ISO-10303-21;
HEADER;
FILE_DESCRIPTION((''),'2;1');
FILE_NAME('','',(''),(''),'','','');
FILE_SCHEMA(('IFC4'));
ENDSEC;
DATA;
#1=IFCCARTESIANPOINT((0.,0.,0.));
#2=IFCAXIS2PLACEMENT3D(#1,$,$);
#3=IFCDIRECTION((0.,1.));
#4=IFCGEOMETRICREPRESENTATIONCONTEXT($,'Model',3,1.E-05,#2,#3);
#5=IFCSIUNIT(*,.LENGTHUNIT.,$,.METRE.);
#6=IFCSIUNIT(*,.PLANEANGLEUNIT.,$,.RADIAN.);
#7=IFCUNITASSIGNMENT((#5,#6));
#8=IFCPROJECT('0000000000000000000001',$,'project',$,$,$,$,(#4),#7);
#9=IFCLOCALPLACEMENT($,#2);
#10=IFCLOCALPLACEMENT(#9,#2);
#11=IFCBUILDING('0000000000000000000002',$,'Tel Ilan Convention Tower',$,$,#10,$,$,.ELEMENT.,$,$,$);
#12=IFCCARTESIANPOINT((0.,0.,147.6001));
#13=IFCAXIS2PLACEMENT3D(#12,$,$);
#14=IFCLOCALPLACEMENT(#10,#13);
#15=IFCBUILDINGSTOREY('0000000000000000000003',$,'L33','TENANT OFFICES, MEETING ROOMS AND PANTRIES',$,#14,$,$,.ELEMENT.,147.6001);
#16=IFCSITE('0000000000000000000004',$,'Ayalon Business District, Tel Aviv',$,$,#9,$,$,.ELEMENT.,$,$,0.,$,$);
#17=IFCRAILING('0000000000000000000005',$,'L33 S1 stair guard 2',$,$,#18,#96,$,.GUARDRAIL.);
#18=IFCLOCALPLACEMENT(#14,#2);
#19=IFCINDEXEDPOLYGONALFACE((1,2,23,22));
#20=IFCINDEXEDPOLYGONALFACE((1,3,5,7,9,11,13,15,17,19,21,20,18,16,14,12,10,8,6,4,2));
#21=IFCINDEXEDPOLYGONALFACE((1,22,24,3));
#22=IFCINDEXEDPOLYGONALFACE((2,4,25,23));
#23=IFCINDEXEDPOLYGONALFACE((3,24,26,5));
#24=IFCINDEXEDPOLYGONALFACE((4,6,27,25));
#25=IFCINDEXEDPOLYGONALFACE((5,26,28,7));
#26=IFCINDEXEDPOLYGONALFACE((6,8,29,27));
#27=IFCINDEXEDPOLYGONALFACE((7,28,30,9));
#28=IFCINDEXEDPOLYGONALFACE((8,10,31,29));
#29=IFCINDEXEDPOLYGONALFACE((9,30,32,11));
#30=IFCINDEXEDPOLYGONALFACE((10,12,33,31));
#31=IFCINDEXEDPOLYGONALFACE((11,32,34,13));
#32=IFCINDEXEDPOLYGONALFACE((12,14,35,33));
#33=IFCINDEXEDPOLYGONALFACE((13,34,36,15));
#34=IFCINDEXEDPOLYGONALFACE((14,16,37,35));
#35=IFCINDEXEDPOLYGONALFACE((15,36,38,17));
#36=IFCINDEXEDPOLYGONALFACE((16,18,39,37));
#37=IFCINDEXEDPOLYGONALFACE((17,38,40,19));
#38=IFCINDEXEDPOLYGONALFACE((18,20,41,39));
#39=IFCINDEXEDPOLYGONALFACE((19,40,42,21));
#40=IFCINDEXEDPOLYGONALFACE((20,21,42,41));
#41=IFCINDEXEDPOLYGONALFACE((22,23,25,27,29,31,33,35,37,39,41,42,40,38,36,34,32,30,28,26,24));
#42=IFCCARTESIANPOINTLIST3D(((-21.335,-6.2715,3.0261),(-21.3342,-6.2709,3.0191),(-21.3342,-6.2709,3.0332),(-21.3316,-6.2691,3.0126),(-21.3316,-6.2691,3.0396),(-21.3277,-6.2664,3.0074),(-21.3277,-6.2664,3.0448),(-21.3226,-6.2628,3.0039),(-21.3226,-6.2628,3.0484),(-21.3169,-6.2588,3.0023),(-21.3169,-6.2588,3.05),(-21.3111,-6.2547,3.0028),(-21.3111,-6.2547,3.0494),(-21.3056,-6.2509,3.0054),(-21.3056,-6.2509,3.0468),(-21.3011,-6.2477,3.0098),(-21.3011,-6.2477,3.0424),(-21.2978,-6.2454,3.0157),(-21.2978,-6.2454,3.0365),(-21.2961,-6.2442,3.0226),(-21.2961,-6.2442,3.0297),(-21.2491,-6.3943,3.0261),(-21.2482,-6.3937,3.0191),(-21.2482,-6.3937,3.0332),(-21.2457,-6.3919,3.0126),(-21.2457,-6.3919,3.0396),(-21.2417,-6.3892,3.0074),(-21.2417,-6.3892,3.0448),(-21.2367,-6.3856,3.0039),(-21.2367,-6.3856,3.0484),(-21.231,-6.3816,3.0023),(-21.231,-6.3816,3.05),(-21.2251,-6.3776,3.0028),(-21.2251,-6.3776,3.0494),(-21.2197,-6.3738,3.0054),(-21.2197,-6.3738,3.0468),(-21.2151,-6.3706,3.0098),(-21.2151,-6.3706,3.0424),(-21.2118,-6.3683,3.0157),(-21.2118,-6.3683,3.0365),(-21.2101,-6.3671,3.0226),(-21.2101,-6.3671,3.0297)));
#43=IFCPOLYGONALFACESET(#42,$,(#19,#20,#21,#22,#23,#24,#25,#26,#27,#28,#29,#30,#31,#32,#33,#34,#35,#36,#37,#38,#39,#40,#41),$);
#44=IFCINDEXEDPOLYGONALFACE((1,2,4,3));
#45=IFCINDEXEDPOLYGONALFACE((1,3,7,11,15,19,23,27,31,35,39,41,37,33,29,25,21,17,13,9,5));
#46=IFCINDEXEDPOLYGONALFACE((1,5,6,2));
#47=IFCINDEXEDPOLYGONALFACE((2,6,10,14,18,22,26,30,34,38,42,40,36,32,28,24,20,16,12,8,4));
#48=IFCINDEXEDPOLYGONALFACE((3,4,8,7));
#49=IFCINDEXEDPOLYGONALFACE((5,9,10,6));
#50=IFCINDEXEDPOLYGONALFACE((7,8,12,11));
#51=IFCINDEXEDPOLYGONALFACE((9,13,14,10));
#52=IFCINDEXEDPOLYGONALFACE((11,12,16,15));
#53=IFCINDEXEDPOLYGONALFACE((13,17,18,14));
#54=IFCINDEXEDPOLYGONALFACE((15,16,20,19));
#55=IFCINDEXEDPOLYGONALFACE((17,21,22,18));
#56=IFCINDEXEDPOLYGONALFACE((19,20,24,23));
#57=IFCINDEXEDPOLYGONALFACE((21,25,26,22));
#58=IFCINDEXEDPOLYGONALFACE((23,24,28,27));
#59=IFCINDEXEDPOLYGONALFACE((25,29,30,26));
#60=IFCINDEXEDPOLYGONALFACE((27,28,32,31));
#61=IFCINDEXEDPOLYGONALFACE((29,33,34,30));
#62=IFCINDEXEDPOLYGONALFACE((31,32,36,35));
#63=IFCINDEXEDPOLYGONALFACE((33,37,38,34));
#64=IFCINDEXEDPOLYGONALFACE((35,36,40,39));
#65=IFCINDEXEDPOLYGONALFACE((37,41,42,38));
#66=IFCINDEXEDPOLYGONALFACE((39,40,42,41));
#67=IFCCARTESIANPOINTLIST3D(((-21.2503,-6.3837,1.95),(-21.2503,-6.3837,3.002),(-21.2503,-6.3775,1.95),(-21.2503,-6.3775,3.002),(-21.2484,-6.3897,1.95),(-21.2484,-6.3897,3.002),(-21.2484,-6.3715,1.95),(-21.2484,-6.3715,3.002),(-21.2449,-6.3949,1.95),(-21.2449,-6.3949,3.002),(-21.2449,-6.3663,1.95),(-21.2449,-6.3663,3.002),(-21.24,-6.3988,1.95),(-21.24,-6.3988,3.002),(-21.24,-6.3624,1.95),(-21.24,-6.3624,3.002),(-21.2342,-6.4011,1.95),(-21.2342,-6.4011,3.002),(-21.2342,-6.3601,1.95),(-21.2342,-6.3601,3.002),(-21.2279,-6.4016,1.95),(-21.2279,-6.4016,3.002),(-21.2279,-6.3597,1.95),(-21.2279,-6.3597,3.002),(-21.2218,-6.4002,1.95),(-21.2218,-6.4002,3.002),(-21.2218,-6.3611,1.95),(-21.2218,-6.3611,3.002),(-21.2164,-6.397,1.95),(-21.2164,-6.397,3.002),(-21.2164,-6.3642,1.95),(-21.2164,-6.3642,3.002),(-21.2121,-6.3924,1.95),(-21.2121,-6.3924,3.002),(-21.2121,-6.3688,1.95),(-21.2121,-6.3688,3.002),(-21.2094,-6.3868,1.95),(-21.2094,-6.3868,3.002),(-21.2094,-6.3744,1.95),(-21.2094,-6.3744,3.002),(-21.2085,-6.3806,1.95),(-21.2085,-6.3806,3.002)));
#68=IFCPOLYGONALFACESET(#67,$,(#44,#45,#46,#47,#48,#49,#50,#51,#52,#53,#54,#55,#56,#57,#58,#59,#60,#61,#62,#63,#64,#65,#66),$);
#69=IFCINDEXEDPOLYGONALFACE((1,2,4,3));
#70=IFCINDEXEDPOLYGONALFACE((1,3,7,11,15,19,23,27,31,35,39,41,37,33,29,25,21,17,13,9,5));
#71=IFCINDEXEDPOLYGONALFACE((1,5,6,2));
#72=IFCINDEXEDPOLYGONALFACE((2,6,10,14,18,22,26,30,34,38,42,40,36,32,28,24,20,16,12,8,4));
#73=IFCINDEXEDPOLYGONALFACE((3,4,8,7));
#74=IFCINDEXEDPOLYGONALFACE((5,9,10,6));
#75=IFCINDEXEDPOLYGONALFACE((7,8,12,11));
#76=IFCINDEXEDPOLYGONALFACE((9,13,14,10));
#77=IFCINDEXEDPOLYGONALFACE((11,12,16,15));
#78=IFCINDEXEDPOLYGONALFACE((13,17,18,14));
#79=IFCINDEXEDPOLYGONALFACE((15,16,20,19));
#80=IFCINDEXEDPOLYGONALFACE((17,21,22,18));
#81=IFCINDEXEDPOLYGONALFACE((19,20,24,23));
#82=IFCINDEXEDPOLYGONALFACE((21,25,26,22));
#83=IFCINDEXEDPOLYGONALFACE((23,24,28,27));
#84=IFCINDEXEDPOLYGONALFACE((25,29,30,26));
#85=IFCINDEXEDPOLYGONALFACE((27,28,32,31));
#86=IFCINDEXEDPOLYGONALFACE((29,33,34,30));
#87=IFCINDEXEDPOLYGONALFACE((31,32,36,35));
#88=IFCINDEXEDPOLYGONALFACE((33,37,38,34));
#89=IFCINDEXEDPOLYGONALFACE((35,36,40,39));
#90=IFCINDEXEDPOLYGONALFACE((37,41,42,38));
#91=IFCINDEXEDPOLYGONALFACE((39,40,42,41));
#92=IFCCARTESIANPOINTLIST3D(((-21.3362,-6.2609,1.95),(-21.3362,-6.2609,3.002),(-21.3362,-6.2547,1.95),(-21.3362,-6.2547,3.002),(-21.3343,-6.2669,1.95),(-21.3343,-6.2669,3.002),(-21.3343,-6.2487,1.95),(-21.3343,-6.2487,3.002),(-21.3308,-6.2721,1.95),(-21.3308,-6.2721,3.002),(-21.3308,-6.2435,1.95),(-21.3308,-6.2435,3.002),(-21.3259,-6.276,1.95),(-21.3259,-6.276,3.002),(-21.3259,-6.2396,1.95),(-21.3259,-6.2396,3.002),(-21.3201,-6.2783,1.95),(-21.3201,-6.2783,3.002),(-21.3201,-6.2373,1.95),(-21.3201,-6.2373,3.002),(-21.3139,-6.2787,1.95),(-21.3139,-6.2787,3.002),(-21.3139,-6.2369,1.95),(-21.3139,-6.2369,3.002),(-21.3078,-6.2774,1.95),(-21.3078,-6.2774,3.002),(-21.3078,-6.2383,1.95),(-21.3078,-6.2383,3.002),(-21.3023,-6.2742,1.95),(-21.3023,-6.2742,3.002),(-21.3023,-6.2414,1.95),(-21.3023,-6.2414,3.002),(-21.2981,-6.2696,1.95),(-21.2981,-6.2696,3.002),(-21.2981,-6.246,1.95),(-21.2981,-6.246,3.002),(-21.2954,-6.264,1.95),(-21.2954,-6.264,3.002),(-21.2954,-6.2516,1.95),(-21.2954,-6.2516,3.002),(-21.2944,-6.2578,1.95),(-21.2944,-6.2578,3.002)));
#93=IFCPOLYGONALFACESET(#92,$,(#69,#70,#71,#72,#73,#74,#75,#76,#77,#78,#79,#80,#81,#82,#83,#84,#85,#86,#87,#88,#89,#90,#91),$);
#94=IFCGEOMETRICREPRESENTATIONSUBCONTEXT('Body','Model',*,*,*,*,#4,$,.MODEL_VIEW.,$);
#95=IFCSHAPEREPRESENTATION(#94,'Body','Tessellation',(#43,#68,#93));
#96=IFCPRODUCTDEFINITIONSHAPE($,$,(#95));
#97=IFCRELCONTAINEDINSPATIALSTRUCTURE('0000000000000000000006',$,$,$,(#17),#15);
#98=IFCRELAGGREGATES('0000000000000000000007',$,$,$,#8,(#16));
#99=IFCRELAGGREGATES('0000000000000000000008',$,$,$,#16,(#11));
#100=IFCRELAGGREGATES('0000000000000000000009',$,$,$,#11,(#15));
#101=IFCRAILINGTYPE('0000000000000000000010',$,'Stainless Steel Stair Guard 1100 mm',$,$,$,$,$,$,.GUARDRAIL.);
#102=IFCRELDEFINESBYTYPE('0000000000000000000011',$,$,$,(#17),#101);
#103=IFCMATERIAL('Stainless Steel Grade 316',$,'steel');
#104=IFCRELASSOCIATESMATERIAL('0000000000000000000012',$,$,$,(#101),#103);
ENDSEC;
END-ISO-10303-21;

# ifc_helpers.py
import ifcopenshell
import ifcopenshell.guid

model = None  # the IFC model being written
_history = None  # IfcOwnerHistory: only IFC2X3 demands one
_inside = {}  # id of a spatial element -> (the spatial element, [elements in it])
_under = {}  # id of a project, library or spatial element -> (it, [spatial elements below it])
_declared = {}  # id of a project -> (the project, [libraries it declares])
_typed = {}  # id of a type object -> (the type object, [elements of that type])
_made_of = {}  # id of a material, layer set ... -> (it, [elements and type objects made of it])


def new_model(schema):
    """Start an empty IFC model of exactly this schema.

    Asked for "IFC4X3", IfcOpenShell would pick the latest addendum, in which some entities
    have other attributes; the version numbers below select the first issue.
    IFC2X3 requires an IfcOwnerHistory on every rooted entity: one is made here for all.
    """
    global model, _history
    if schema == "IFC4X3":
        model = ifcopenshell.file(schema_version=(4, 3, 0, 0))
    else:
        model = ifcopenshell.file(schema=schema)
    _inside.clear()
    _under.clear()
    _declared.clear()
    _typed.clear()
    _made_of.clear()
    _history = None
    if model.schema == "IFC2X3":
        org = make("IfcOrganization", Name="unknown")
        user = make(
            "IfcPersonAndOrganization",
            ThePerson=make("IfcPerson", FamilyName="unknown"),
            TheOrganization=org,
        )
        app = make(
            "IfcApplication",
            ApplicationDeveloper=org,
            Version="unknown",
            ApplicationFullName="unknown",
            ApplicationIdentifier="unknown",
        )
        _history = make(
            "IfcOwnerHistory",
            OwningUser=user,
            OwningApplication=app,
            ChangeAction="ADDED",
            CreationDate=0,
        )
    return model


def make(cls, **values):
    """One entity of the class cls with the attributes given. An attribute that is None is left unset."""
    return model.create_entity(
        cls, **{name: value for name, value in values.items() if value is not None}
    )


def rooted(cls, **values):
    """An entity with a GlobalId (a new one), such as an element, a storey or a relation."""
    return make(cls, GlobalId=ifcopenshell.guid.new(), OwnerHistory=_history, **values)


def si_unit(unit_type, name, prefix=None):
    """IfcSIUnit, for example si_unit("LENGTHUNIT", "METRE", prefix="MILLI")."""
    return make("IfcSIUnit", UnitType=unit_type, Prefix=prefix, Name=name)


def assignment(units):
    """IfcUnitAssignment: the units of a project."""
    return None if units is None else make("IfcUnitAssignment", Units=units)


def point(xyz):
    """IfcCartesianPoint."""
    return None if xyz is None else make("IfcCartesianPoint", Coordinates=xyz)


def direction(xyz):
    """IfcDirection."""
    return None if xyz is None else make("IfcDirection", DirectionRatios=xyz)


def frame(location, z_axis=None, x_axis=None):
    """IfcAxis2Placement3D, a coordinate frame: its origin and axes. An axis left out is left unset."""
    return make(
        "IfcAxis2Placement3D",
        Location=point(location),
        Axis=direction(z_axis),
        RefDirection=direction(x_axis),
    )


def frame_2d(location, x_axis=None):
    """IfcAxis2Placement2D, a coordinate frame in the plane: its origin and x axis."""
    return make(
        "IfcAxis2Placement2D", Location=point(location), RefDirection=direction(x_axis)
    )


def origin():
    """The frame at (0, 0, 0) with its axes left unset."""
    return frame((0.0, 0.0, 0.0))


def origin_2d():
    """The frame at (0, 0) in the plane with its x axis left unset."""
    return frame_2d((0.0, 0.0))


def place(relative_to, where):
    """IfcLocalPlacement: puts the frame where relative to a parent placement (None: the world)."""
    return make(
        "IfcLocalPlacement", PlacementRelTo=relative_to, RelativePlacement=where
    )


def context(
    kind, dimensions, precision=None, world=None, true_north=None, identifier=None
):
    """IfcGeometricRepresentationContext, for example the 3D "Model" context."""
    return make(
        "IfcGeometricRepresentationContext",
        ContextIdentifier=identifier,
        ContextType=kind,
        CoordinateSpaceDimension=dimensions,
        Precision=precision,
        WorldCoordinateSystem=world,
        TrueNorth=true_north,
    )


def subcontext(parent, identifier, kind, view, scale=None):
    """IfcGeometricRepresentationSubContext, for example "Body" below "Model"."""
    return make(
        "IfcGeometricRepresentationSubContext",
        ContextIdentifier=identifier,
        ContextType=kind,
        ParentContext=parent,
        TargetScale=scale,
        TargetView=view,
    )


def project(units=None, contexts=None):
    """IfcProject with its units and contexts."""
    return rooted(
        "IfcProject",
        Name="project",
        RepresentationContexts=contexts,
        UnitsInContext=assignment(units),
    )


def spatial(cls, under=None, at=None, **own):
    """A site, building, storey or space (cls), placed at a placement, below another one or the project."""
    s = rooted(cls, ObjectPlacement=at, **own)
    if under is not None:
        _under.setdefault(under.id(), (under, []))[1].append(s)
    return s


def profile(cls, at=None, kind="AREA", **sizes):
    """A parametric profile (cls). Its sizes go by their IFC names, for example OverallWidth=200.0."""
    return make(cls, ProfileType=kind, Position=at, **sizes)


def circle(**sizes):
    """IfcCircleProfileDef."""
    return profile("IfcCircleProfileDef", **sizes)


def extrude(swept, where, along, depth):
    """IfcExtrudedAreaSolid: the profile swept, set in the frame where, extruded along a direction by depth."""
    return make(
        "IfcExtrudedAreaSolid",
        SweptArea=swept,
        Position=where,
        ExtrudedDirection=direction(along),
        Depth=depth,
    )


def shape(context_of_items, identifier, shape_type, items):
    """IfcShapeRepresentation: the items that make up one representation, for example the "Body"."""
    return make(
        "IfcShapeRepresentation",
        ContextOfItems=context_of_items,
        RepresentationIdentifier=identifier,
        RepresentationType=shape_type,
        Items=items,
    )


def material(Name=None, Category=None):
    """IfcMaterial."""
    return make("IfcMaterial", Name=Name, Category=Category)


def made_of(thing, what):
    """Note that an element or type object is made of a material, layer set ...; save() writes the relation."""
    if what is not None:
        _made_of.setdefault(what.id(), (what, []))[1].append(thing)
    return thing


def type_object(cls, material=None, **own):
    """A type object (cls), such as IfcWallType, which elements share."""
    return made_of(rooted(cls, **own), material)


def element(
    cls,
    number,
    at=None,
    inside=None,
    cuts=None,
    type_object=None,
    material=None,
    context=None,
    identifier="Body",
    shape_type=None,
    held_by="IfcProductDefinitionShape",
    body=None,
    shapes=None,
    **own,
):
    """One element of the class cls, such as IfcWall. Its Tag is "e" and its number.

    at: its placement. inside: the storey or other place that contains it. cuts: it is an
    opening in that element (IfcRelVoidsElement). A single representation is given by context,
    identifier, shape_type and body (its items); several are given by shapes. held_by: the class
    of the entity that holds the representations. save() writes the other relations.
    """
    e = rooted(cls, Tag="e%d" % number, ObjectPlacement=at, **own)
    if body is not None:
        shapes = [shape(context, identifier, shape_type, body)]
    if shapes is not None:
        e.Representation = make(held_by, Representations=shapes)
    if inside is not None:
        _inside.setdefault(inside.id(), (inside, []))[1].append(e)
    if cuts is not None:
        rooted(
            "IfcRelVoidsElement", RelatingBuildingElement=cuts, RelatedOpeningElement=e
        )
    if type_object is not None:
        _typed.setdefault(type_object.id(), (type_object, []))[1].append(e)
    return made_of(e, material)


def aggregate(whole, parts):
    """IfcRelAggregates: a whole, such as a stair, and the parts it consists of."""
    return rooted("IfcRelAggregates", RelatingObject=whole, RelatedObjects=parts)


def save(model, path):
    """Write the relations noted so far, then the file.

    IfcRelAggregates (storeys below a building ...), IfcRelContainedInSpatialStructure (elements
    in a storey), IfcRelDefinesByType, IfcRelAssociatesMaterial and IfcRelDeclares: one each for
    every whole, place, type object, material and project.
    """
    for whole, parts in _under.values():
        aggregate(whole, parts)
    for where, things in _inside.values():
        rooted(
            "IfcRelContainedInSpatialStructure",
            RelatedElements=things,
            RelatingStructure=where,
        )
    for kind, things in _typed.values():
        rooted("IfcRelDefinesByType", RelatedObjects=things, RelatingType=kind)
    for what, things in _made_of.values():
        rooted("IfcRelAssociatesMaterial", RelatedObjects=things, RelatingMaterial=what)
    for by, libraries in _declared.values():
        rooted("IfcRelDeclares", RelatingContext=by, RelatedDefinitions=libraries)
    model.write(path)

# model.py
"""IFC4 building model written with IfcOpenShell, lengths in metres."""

from ifc_helpers import new_model, si_unit, direction, frame, origin, origin_2d, place, context, subcontext, project, spatial, circle, extrude, material, type_object, element, save


model = new_model("IFC4")

# Units and contexts
model_context = context("Model", 3, precision=1e-05, world=origin(), true_north=direction((0.0, 1.0)))
body_context = subcontext(model_context, "Body", "Model", "MODEL_VIEW")
ifc_project = project(units=[si_unit("LENGTHUNIT", "METRE"), si_unit("PLANEANGLEUNIT", "RADIAN")], contexts=[model_context])

# Site, building, storey
site_placement = place(None, origin())
site = spatial("IfcSite", under=ifc_project, at=site_placement, Name="Ayalon Business District, Tel Aviv", CompositionType="ELEMENT", RefElevation=0.0)
building_placement = place(site_placement, origin())
building = spatial("IfcBuilding", under=site, at=building_placement, Name="Tel Ilan Convention Tower", CompositionType="ELEMENT")
storey_placement = place(building_placement, frame((0.0, 0.0, 147.6001)))
storey = spatial("IfcBuildingStorey", under=building, at=storey_placement, Name="L33", Description="TENANT OFFICES, MEETING ROOMS AND PANTRIES", CompositionType="ELEMENT", Elevation=147.6001)

# Railing
ifc_material_1 = material(Name="Stainless Steel Grade 316", Category="steel")
railing_type_1 = type_object("IfcRailingType", Name="Stainless Steel Stair Guard 1100 mm", PredefinedType="GUARDRAIL", material=ifc_material_1)
railing_1_placement = place(storey_placement, frame((-21.2295, -6.3806, 1.95)))
element("IfcRailing", 1, at=railing_1_placement, inside=storey, type_object=railing_type_1, Name="L33 S1 stair guard 2", PredefinedType="GUARDRAIL", context=body_context, shape_type="SweptSolid", body=[
    extrude(circle(Radius=0.0239, at=origin_2d()), frame((0.0, 0.0, 1.0762), z_axis=(-0.573353, 0.819308, 0.0), x_axis=(-0.819308, -0.573353, 0.0)), (0.0, 0.0, 1.0), 0.1499),
    extrude(circle(Radius=0.021, at=origin_2d()), origin(), (0.0, 0.0, 1.0), 1.052),
    extrude(circle(Radius=0.021, at=origin_2d()), frame((-0.0859, 0.1228, 0.0)), (0.0, 0.0, 1.0), 1.052),
])

save(model, "model.ifc")
